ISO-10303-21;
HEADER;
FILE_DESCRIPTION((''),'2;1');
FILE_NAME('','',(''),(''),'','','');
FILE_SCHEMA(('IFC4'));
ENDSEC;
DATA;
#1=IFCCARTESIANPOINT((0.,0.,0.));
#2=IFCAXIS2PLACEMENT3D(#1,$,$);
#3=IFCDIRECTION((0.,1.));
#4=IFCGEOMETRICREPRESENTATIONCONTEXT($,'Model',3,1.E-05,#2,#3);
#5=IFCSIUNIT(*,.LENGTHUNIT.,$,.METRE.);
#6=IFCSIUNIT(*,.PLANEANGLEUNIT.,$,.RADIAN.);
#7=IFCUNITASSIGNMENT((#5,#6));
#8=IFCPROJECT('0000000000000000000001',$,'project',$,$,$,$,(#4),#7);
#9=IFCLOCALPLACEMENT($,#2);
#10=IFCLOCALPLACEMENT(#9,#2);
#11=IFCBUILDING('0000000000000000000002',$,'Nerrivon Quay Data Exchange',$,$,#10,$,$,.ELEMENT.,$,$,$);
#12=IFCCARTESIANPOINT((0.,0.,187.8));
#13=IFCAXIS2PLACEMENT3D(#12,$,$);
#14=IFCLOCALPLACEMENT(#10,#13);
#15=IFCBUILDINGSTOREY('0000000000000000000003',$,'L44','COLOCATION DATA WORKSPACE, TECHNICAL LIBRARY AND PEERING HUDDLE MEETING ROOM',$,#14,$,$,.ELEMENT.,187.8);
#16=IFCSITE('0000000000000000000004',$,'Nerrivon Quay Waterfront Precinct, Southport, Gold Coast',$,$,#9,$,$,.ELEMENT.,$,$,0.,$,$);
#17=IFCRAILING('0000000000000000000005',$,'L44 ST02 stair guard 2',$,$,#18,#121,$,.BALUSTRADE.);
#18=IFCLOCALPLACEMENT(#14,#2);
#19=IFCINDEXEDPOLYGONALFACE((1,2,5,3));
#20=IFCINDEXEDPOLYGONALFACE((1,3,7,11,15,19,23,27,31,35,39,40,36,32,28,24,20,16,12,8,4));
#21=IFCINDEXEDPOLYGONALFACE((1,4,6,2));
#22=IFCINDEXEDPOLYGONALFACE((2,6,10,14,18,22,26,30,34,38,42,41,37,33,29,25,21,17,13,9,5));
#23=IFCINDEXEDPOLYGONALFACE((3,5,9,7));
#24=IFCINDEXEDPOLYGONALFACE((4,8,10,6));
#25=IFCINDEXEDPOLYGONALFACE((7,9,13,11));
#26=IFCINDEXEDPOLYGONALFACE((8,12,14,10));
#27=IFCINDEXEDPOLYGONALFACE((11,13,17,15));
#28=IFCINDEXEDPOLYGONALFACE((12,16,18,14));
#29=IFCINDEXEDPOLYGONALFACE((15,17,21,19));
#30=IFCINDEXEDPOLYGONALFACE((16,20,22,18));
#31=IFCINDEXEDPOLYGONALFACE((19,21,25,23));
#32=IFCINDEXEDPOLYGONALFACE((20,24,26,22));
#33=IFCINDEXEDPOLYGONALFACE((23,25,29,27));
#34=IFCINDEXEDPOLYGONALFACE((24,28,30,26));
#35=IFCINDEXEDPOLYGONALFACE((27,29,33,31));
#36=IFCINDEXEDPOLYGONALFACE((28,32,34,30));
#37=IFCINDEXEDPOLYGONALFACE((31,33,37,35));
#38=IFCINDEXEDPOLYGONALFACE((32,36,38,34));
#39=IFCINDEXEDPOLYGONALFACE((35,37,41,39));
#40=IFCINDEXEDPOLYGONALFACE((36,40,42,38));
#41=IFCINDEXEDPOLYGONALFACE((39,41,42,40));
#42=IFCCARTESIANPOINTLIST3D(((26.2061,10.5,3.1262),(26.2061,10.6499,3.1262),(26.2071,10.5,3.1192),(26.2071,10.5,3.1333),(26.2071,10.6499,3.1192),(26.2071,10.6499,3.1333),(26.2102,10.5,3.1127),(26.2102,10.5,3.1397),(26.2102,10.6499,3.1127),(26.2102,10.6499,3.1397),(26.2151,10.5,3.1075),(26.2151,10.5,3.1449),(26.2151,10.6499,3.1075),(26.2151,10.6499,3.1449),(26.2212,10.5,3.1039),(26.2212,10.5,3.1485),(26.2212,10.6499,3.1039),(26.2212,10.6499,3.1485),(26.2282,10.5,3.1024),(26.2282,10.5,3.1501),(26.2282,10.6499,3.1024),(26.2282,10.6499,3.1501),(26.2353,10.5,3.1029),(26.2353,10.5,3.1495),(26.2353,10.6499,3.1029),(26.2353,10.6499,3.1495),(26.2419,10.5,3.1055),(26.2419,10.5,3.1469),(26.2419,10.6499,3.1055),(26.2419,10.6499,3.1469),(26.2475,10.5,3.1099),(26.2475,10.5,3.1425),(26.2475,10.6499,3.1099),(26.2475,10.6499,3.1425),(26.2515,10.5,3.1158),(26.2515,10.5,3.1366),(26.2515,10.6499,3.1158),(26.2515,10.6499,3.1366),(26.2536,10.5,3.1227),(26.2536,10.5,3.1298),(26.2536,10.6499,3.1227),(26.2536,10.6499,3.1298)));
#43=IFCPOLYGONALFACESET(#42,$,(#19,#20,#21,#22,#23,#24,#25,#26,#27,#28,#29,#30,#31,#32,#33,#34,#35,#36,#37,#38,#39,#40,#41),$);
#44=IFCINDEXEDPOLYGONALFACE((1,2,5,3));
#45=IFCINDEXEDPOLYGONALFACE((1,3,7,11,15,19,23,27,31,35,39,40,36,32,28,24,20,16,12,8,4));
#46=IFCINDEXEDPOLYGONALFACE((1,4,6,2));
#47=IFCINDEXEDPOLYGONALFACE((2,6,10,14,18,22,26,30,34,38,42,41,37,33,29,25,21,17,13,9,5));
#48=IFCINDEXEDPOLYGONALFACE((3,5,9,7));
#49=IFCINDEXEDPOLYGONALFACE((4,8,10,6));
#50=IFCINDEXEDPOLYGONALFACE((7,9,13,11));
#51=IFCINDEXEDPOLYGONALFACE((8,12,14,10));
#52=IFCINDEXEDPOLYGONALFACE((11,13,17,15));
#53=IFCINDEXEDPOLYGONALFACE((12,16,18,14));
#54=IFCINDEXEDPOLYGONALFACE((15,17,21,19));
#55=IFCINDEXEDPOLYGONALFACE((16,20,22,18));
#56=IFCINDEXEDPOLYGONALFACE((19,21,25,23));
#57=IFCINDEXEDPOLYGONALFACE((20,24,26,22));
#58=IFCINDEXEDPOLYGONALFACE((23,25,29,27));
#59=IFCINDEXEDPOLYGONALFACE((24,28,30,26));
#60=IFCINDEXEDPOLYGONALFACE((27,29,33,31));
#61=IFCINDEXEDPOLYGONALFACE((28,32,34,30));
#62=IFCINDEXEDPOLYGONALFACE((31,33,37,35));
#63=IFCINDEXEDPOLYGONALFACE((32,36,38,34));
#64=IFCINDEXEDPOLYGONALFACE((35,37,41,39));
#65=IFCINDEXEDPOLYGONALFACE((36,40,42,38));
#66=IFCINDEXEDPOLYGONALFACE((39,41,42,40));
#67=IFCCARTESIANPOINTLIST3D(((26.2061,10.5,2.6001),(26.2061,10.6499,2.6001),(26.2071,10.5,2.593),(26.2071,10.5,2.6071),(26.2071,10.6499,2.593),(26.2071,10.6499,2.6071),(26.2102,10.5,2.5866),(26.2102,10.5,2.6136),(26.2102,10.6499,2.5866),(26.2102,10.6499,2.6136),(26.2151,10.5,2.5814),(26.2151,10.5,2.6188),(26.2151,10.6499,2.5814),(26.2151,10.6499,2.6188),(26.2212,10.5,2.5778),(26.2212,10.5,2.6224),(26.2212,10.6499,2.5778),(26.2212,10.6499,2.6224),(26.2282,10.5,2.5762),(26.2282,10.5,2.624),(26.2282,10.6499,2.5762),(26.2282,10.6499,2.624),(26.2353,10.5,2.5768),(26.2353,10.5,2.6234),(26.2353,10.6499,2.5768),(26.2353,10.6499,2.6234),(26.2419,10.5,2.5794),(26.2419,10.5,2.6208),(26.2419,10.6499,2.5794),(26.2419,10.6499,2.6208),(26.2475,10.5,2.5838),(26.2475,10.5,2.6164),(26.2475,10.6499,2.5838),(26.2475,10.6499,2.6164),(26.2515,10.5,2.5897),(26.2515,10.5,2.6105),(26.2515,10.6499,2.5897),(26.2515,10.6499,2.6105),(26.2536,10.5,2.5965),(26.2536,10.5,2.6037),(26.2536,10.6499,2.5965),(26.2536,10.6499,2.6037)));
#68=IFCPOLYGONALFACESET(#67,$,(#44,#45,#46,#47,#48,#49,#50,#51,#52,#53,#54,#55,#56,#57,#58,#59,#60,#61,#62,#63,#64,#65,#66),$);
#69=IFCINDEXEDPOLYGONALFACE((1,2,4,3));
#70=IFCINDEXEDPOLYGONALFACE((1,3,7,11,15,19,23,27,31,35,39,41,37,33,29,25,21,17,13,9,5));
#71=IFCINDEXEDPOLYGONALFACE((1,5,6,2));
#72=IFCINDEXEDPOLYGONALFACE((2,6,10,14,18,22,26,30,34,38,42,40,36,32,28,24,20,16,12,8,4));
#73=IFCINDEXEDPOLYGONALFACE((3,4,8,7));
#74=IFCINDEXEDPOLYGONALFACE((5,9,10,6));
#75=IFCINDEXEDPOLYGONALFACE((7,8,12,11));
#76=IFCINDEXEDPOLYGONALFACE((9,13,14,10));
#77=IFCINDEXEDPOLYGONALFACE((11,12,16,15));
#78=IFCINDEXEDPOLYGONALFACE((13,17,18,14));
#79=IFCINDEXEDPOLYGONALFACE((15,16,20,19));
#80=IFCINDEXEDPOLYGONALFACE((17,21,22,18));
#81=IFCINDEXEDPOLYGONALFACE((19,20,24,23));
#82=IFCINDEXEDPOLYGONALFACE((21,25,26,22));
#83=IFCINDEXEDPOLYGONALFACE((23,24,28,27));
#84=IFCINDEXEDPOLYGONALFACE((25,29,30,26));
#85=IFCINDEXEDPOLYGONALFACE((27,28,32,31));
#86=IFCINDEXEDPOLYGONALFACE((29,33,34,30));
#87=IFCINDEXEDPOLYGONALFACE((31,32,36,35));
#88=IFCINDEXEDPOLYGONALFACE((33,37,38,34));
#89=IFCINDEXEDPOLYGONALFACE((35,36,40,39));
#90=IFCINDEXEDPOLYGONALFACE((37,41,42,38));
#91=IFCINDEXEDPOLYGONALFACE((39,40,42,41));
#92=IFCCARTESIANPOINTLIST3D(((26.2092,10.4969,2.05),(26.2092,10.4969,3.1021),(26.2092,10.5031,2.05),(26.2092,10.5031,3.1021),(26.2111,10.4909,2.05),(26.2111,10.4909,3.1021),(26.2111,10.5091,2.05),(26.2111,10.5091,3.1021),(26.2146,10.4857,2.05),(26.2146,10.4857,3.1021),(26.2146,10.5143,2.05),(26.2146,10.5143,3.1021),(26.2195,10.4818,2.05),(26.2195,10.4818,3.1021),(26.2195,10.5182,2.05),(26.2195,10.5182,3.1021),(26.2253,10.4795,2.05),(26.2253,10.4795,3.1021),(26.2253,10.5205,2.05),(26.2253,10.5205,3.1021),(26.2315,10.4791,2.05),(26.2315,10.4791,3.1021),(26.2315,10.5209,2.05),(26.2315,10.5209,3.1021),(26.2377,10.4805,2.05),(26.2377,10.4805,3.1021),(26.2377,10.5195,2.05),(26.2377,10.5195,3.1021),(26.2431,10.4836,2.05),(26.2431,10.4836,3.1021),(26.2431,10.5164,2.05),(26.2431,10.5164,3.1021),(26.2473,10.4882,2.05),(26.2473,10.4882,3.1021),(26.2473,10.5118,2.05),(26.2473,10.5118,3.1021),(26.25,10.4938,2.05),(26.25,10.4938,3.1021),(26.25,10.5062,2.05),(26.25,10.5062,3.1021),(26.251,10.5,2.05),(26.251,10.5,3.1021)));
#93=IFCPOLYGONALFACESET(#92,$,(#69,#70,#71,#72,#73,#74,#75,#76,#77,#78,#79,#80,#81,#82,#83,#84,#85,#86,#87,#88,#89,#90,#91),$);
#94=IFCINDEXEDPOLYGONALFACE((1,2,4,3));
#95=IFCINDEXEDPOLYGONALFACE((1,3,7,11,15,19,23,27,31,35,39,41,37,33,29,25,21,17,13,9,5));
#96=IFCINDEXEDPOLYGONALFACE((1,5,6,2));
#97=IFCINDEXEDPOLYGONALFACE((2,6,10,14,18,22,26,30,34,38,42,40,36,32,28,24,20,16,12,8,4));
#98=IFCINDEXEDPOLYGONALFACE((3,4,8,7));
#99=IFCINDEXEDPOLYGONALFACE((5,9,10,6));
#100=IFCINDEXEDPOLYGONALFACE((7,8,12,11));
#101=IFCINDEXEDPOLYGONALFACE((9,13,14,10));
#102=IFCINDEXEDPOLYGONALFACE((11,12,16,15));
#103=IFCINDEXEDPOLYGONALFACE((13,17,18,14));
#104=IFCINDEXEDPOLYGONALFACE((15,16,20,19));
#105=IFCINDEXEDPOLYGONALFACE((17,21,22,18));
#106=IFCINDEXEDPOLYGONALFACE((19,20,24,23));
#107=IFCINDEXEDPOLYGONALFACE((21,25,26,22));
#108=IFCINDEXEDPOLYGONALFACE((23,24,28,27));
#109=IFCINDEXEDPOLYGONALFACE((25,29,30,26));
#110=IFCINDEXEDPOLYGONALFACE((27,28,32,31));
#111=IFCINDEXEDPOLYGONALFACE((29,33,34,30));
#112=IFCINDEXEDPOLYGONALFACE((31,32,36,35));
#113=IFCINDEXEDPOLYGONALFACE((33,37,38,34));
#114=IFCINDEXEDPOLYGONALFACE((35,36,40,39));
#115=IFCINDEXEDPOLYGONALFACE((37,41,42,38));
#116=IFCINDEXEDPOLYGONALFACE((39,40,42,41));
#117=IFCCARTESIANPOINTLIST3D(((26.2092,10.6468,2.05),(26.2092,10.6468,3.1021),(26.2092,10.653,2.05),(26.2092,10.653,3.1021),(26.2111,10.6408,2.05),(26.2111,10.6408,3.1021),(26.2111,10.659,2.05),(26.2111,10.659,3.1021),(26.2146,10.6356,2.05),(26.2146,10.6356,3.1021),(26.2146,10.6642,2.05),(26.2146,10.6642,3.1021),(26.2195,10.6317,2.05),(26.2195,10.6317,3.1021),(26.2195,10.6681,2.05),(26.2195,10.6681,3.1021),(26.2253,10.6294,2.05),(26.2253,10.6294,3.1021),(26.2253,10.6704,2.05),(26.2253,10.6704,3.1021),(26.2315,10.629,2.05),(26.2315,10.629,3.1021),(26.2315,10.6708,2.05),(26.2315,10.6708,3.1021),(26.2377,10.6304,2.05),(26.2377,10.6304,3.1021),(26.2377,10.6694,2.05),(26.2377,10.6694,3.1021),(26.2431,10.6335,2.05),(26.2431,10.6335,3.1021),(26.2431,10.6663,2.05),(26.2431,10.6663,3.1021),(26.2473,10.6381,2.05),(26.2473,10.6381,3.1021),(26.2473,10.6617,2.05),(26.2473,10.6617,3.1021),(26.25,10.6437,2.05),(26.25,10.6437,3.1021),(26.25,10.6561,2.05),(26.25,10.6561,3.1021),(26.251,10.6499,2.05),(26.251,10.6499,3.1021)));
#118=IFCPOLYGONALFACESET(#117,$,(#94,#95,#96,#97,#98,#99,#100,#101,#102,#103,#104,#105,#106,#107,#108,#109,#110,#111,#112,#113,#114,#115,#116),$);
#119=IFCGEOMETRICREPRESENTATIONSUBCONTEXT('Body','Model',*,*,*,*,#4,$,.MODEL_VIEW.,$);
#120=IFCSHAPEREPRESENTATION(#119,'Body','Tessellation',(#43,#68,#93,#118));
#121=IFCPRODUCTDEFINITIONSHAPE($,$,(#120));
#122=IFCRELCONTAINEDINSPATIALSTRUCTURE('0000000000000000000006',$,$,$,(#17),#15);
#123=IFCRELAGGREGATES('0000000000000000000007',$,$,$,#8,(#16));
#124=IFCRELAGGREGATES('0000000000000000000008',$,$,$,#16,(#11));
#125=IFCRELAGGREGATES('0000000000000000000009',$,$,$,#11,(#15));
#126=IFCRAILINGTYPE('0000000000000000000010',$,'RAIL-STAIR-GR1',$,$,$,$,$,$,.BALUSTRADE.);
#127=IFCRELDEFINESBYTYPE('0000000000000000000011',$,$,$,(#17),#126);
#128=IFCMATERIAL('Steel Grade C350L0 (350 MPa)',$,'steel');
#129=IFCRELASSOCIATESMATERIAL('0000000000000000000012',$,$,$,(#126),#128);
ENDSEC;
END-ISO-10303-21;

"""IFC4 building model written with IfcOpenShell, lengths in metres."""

from ifc_helpers import new_model, si_unit, direction, frame, origin, origin_2d, place, context, subcontext, project, spatial, circle, extrude, material, type_object, element, save


model = new_model("IFC4")

# Units and contexts
model_context = context("Model", 3, precision=1e-05, world=origin(), true_north=direction((0.0, 1.0)))
body_context = subcontext(model_context, "Body", "Model", "MODEL_VIEW")
ifc_project = project(units=[si_unit("LENGTHUNIT", "METRE"), si_unit("PLANEANGLEUNIT", "RADIAN")], contexts=[model_context])

# Site, building, storey
site_placement = place(None, origin())
site = spatial("IfcSite", under=ifc_project, at=site_placement, Name="Nerrivon Quay Waterfront Precinct, Southport, Gold Coast", CompositionType="ELEMENT", RefElevation=0.0)
building_placement = place(site_placement, origin())
building = spatial("IfcBuilding", under=site, at=building_placement, Name="Nerrivon Quay Data Exchange", CompositionType="ELEMENT")
storey_placement = place(building_placement, frame((0.0, 0.0, 187.8)))
storey = spatial("IfcBuildingStorey", under=building, at=storey_placement, Name="L44", Description="COLOCATION DATA WORKSPACE, TECHNICAL LIBRARY AND PEERING HUDDLE MEETING ROOM", CompositionType="ELEMENT", Elevation=187.8)

# Shared definitions
ifc_material_1 = material(Name="Steel Grade C350L0 (350 MPa)", Category="steel")

# Railing
railing_type_1 = type_object("IfcRailingType", Name="RAIL-STAIR-GR1", PredefinedType="BALUSTRADE", material=ifc_material_1)
railing_1_placement = place(storey_placement, frame((26.23, 10.5, 2.05)))
element("IfcRailing", 1, at=railing_1_placement, inside=storey, type_object=railing_type_1, Name="L44 ST02 stair guard 2", PredefinedType="BALUSTRADE", context=body_context, shape_type="SweptSolid", body=[
    extrude(circle(Radius=0.0239, at=origin_2d()), frame((0.0, 0.0, 1.0762), z_axis=(0.0, 1.0, 0.0), x_axis=(-1.0, 0.0, 0.0)), (0.0, 0.0, 1.0), 0.1499),
    extrude(circle(Radius=0.0239, at=origin_2d()), frame((0.0, 0.0, 0.55), z_axis=(0.0, 1.0, 0.0), x_axis=(-1.0, 0.0, 0.0)), (0.0, 0.0, 1.0), 0.1499),
    extrude(circle(Radius=0.021, at=origin_2d()), origin(), (0.0, 0.0, 1.0), 1.052),
    extrude(circle(Radius=0.021, at=origin_2d()), frame((0.0, 0.1499, 0.0)), (0.0, 0.0, 1.0), 1.052),
])

save(model, "model.ifc")
